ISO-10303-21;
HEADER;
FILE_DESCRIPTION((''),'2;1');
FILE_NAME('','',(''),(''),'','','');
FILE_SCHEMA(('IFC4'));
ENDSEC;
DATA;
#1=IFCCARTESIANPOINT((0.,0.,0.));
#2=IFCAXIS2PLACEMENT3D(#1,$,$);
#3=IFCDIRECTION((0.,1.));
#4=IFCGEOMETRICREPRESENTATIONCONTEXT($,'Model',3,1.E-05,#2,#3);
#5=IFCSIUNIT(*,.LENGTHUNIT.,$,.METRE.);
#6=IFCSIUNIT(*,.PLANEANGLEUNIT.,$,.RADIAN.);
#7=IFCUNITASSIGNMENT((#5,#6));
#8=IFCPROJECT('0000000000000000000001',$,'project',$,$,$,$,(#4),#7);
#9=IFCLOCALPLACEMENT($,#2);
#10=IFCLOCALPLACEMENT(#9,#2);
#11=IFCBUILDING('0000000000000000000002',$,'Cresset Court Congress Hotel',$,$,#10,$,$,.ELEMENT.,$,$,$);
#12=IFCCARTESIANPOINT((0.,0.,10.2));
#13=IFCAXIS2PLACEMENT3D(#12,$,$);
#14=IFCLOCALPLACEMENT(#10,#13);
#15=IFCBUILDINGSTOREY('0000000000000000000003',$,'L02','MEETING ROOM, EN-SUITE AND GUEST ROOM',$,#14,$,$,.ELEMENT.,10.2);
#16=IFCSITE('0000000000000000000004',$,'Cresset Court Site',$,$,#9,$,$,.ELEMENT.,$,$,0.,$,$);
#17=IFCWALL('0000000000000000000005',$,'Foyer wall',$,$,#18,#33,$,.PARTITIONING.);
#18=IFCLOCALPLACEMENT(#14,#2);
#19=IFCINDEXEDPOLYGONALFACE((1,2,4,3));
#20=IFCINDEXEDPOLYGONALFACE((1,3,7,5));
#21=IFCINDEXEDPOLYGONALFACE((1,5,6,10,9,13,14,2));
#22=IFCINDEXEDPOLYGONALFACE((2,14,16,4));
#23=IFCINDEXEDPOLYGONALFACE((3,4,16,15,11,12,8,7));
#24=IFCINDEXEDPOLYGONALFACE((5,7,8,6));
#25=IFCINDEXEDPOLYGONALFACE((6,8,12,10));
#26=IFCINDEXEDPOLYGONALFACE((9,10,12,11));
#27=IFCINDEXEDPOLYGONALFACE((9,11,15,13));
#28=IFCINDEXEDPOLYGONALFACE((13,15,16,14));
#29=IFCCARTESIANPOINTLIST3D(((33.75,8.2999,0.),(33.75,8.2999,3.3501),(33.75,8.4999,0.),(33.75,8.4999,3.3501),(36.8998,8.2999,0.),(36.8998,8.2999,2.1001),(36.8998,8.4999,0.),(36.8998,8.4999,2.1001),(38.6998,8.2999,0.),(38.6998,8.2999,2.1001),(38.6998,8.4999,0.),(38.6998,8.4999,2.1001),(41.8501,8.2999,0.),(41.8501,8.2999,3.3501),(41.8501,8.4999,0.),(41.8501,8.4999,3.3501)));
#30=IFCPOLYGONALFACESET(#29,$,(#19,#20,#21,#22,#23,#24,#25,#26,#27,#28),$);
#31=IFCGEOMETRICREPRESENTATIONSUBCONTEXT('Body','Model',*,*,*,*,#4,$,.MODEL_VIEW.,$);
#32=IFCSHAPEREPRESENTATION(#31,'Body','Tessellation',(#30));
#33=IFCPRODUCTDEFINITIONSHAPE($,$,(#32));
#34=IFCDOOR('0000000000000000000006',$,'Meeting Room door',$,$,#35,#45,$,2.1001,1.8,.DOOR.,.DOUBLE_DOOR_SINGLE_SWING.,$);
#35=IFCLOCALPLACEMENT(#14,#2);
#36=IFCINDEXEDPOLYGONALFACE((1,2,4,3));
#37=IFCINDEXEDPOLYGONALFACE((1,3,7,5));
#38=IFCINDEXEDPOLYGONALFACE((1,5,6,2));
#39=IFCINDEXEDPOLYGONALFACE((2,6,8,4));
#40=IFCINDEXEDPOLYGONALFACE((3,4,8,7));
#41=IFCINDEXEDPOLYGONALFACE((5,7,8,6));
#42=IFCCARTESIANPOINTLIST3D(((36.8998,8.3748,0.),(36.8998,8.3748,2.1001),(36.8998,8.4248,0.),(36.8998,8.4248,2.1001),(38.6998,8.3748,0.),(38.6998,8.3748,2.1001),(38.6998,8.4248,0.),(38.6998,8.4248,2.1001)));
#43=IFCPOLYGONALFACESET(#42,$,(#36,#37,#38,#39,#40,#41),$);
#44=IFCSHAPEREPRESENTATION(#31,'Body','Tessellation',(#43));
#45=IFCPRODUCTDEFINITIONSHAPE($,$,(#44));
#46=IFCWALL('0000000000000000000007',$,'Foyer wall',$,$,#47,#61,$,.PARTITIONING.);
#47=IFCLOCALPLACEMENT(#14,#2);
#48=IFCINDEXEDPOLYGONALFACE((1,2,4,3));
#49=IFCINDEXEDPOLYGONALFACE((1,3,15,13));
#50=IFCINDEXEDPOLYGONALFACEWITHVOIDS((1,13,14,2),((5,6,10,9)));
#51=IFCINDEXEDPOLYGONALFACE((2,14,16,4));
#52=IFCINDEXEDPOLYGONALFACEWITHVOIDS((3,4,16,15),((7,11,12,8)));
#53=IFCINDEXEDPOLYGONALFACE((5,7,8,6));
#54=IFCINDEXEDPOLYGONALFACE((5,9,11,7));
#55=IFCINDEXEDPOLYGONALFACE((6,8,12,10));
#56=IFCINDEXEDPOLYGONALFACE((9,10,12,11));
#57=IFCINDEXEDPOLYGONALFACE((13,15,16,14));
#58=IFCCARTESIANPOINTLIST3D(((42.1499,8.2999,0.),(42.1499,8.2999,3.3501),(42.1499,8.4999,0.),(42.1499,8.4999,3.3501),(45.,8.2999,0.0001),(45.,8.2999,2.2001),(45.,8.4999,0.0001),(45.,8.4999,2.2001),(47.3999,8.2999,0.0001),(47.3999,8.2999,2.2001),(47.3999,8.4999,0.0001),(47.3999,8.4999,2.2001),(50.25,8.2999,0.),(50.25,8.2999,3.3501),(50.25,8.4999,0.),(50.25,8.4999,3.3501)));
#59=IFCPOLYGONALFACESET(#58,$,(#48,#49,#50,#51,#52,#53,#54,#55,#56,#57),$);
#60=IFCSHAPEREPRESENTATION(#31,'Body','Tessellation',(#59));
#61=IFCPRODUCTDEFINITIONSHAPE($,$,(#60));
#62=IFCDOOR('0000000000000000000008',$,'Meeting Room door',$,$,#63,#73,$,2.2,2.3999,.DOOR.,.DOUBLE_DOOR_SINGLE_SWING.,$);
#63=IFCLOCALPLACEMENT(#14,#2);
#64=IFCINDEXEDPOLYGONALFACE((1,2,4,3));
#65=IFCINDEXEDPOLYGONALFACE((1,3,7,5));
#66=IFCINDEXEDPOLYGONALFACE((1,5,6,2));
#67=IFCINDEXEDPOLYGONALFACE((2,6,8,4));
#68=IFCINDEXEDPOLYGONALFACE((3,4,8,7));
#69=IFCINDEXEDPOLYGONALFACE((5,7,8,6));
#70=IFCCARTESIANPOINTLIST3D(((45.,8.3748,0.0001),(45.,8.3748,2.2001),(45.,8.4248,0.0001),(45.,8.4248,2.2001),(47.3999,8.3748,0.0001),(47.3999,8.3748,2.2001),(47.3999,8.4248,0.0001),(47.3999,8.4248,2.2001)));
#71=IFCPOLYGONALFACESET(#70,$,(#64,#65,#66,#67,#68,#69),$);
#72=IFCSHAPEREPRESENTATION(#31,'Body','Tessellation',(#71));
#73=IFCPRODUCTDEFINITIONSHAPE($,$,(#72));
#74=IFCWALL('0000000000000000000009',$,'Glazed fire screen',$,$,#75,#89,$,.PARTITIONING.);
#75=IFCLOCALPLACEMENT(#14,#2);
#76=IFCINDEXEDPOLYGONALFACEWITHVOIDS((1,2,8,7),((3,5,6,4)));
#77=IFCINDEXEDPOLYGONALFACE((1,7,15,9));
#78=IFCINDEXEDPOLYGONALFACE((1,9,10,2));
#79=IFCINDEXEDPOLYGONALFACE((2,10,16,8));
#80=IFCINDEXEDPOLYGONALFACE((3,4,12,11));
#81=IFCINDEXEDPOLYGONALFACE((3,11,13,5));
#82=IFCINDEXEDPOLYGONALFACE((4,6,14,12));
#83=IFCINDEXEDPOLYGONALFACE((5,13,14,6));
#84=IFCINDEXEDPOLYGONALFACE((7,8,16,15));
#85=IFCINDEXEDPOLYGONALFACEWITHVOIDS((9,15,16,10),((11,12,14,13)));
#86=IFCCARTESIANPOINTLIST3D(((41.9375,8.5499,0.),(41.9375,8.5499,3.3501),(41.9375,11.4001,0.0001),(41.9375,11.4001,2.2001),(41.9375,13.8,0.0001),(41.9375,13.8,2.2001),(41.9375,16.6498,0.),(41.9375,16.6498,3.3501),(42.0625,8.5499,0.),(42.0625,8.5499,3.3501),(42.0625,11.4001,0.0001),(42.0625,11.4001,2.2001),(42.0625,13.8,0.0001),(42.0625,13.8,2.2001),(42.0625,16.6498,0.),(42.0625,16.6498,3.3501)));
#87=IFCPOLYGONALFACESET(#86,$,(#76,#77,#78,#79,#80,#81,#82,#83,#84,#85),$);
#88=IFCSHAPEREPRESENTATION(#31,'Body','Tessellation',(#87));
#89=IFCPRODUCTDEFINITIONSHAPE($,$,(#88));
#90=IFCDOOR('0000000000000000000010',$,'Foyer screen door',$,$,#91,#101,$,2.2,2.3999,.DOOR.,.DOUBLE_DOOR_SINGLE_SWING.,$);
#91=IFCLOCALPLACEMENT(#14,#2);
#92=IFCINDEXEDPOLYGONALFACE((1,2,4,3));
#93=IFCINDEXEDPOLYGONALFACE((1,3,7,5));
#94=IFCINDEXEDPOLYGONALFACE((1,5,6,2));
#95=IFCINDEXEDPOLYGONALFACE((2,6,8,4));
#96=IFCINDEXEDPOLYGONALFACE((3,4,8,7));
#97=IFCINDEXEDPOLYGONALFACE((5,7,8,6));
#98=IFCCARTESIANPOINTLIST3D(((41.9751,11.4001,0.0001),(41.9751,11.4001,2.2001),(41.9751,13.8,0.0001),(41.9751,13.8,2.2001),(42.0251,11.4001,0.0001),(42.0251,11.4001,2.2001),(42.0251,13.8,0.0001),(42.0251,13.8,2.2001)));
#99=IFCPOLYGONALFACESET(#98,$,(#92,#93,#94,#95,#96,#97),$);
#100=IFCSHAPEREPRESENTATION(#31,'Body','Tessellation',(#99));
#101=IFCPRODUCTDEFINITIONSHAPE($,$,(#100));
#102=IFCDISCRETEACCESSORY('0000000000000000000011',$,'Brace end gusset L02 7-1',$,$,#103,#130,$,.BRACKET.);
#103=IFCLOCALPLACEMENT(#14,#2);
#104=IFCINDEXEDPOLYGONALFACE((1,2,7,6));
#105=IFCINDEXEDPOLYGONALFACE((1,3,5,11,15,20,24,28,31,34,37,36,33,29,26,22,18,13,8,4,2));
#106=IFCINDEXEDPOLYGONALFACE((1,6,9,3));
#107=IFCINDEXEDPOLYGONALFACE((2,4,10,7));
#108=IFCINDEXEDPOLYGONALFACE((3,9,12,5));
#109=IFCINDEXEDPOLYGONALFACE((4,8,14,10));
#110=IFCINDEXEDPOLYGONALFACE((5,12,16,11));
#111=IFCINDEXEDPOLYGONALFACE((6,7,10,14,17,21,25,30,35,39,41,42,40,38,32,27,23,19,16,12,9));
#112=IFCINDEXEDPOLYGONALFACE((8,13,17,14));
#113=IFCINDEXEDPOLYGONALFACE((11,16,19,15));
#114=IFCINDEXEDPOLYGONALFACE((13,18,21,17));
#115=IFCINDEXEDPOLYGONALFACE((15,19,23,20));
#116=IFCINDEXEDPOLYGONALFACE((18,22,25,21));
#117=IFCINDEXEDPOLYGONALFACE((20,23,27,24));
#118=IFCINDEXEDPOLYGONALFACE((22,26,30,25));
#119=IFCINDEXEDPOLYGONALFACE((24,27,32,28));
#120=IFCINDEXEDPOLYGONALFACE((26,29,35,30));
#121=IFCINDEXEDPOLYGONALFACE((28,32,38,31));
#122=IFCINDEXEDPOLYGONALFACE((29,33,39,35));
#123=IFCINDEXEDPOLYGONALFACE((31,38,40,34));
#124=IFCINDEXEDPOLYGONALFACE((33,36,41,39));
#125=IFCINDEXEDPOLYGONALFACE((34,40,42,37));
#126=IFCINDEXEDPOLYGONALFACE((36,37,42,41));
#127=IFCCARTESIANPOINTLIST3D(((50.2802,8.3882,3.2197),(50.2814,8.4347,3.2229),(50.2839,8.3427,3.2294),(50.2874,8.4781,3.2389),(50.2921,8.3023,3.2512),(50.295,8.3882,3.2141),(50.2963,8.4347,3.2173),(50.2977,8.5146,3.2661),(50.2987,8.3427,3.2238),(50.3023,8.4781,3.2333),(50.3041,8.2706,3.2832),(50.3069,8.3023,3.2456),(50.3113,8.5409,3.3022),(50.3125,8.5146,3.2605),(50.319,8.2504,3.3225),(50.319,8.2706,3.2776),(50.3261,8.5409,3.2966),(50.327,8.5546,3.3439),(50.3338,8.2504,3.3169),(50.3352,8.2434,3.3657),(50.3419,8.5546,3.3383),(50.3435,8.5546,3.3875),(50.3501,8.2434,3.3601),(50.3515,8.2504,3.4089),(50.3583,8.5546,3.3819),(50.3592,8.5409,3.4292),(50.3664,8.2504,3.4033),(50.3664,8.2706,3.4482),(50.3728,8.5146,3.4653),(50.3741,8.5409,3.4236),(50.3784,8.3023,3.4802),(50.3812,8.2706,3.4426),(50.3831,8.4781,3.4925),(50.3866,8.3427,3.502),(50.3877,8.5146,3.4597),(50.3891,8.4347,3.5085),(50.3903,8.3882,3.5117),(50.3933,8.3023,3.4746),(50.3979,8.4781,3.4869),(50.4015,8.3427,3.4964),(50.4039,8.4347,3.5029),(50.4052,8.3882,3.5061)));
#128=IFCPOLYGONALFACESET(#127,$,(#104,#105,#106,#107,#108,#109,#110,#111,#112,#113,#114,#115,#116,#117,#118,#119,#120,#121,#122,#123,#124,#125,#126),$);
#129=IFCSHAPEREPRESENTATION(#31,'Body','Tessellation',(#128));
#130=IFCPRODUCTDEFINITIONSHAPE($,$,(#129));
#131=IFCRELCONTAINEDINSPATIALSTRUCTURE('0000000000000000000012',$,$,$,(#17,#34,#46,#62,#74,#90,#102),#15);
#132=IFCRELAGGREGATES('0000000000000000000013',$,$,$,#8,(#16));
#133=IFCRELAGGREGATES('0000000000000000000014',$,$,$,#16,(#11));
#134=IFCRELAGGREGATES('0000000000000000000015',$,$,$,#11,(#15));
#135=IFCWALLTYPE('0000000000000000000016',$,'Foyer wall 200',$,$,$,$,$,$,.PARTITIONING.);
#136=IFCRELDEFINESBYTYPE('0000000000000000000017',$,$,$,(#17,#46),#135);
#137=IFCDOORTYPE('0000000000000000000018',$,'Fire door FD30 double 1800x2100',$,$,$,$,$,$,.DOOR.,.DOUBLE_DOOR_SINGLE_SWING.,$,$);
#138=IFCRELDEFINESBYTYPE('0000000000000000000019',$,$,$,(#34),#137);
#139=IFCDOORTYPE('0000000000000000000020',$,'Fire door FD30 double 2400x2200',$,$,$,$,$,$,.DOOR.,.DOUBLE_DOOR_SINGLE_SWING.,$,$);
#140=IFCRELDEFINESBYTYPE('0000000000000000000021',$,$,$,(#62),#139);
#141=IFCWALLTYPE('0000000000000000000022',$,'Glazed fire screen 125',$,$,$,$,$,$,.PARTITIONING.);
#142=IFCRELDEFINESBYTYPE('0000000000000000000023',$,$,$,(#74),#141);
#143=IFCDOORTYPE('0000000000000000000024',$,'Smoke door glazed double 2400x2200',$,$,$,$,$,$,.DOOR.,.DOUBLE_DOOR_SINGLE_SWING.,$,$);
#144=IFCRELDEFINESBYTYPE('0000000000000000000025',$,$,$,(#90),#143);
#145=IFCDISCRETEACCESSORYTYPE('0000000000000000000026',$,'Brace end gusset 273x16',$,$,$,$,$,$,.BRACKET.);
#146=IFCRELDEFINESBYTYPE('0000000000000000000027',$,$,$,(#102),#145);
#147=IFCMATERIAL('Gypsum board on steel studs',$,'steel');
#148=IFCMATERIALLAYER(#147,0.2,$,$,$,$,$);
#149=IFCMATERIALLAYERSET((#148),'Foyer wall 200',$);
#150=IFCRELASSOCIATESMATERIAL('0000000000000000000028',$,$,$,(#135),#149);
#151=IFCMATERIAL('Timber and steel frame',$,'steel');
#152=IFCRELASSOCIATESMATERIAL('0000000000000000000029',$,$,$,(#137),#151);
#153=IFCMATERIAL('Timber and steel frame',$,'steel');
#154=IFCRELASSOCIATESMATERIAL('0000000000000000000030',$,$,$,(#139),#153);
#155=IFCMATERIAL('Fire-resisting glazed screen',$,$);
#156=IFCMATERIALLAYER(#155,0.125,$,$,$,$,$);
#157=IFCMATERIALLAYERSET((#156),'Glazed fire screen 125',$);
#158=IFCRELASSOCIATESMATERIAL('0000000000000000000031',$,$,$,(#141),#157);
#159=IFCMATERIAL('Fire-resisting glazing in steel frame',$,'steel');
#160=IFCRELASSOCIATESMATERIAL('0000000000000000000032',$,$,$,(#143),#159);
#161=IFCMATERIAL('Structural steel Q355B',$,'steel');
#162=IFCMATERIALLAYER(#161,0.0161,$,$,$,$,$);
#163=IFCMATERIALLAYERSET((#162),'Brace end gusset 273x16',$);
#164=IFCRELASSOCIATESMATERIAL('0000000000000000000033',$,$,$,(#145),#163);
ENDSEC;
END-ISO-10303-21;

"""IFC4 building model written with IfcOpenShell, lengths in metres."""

from ifc_helpers import new_model, si_unit, direction, frame, frame_2d, origin, origin_2d, place, context, subcontext, project, spatial, rectangle, circle, extrude, material, layer, layer_set, type_object, element, fill, save


model = new_model("IFC4")

# Units and contexts
model_context = context("Model", 3, precision=1e-05, world=origin(), true_north=direction((0.0, 1.0)))
body_context = subcontext(model_context, "Body", "Model", "MODEL_VIEW")
ifc_project = project(units=[si_unit("LENGTHUNIT", "METRE"), si_unit("PLANEANGLEUNIT", "RADIAN")], contexts=[model_context])

# Site, building, storey
site_placement = place(None, origin())
site = spatial("IfcSite", under=ifc_project, at=site_placement, Name="Cresset Court Site", CompositionType="ELEMENT", RefElevation=0.0)
building_placement = place(site_placement, origin())
building = spatial("IfcBuilding", under=site, at=building_placement, Name="Cresset Court Congress Hotel", CompositionType="ELEMENT")
storey_placement = place(building_placement, frame((0.0, 0.0, 10.2)))
storey = spatial("IfcBuildingStorey", under=building, at=storey_placement, Name="L02", Description="MEETING ROOM, EN-SUITE AND GUEST ROOM", CompositionType="ELEMENT", Elevation=10.2)

# Walls, openings, doors
ifc_material_1 = material(Name="Gypsum board on steel studs", Category="steel")
ifc_layer_1 = layer(ifc_material_1, 0.2)
ifc_layer_set_1 = layer_set([ifc_layer_1], Name="Foyer wall 200")
wall_type_1 = type_object("IfcWallType", Name="Foyer wall 200", PredefinedType="PARTITIONING", material=ifc_layer_set_1)
wall_1_placement = place(storey_placement, frame((33.75, 8.3999, 0.0), z_axis=(0.0, 0.0, 1.0), x_axis=(1.0, 0.0, 0.0)))
wall_1 = element("IfcWall", 1, at=wall_1_placement, inside=storey, type_object=wall_type_1, Name="Foyer wall", PredefinedType="PARTITIONING", context=body_context, shape_type="SweptSolid", body=[
    extrude(rectangle(XDim=8.1001, YDim=0.2, at=frame_2d((4.05, 0.0))), origin(), (0.0, 0.0, 1.0), 3.3501),
])
opening_1_placement = place(wall_1_placement, frame((3.1499, 0.0, 0.0)))
opening_1 = element("IfcOpeningElement", 2, at=opening_1_placement, cuts=wall_1, PredefinedType="OPENING", context=body_context, shape_type="SweptSolid", body=[
    extrude(rectangle(XDim=1.8, YDim=2.1001, at=frame_2d((0.8999, 1.05))), frame((0.0, 0.1099, 0.0), z_axis=(0.0, -1.0, 0.0), x_axis=(1.0, 0.0, 0.0)), (0.0, 0.0, 1.0), 0.22),
])
ifc_material_2 = material(Name="Timber and steel frame", Category="steel")
door_type_1 = type_object("IfcDoorType", Name="Fire door FD30 double 1800x2100", OperationType="DOUBLE_DOOR_SINGLE_SWING", PredefinedType="DOOR", material=ifc_material_2)
door_1_placement = place(opening_1_placement, origin())
door_1 = element("IfcDoor", 3, at=door_1_placement, inside=storey, type_object=door_type_1, Name="Meeting Room door", OperationType="DOUBLE_DOOR_SINGLE_SWING", OverallHeight=2.1001, OverallWidth=1.8, PredefinedType="DOOR", context=body_context, shape_type="SweptSolid", body=[
    extrude(rectangle(XDim=1.8, YDim=2.1001, at=frame_2d((0.8999, 1.05))), frame((0.0, 0.0249, 0.0), z_axis=(0.0, -1.0, 0.0), x_axis=(1.0, 0.0, 0.0)), (0.0, 0.0, 1.0), 0.05),
])
fill(opening_1, door_1)
wall_2_placement = place(storey_placement, frame((42.1499, 8.3999, 0.0), z_axis=(0.0, 0.0, 1.0), x_axis=(1.0, 0.0, 0.0)))
wall_2 = element("IfcWall", 4, at=wall_2_placement, inside=storey, type_object=wall_type_1, Name="Foyer wall", PredefinedType="PARTITIONING", context=body_context, shape_type="SweptSolid", body=[
    extrude(rectangle(XDim=8.1001, YDim=0.2, at=frame_2d((4.05, 0.0))), origin(), (0.0, 0.0, 1.0), 3.3501),
])
opening_2_placement = place(wall_2_placement, frame((2.8501, 0.0, 0.0)))
opening_2 = element("IfcOpeningElement", 5, at=opening_2_placement, cuts=wall_2, PredefinedType="OPENING", context=body_context, shape_type="SweptSolid", body=[
    extrude(rectangle(XDim=2.3999, YDim=2.2, at=frame_2d((1.2, 1.1001))), frame((0.0, 0.1099, 0.0), z_axis=(0.0, -1.0, 0.0), x_axis=(1.0, 0.0, 0.0)), (0.0, 0.0, 1.0), 0.22),
])
ifc_material_3 = material(Name="Timber and steel frame", Category="steel")
door_type_2 = type_object("IfcDoorType", Name="Fire door FD30 double 2400x2200", OperationType="DOUBLE_DOOR_SINGLE_SWING", PredefinedType="DOOR", material=ifc_material_3)
door_2_placement = place(opening_2_placement, origin())
door_2 = element("IfcDoor", 6, at=door_2_placement, inside=storey, type_object=door_type_2, Name="Meeting Room door", OperationType="DOUBLE_DOOR_SINGLE_SWING", OverallHeight=2.2, OverallWidth=2.3999, PredefinedType="DOOR", context=body_context, shape_type="SweptSolid", body=[
    extrude(rectangle(XDim=2.3999, YDim=2.2, at=frame_2d((1.2, 1.1001))), frame((0.0, 0.0249, 0.0), z_axis=(0.0, -1.0, 0.0), x_axis=(1.0, 0.0, 0.0)), (0.0, 0.0, 1.0), 0.05),
])
fill(opening_2, door_2)
ifc_material_4 = material(Name="Fire-resisting glazed screen")
ifc_layer_2 = layer(ifc_material_4, 0.125)
ifc_layer_set_2 = layer_set([ifc_layer_2], Name="Glazed fire screen 125")
wall_type_2 = type_object("IfcWallType", Name="Glazed fire screen 125", PredefinedType="PARTITIONING", material=ifc_layer_set_2)
wall_3_placement = place(storey_placement, frame((42.0, 8.55, 0.0), z_axis=(0.0, 0.0, 1.0), x_axis=(0.0, 1.0, 0.0)))
wall_3 = element("IfcWall", 7, at=wall_3_placement, inside=storey, type_object=wall_type_2, Name="Glazed fire screen", PredefinedType="PARTITIONING", context=body_context, shape_type="SweptSolid", body=[
    extrude(rectangle(XDim=8.0999, YDim=0.125, at=frame_2d((4.0498, 0.0))), origin(), (0.0, 0.0, 1.0), 3.3501),
])
opening_3_placement = place(wall_3_placement, frame((2.8501, 0.0, 0.0)))
opening_3 = element("IfcOpeningElement", 8, at=opening_3_placement, cuts=wall_3, PredefinedType="OPENING", context=body_context, shape_type="SweptSolid", body=[
    extrude(rectangle(XDim=2.3999, YDim=2.2, at=frame_2d((1.2, 1.1001))), frame((0.0, 0.0725, 0.0), z_axis=(0.0, -1.0, 0.0), x_axis=(1.0, 0.0, 0.0)), (0.0, 0.0, 1.0), 0.145),
])
ifc_material_5 = material(Name="Fire-resisting glazing in steel frame", Category="steel")
door_type_3 = type_object("IfcDoorType", Name="Smoke door glazed double 2400x2200", OperationType="DOUBLE_DOOR_SINGLE_SWING", PredefinedType="DOOR", material=ifc_material_5)
door_3_placement = place(opening_3_placement, origin())
door_3 = element("IfcDoor", 9, at=door_3_placement, inside=storey, type_object=door_type_3, Name="Foyer screen door", OperationType="DOUBLE_DOOR_SINGLE_SWING", OverallHeight=2.2, OverallWidth=2.3999, PredefinedType="DOOR", context=body_context, shape_type="SweptSolid", body=[
    extrude(rectangle(XDim=2.3999, YDim=2.2, at=frame_2d((1.2, 1.1001))), frame((0.0, 0.0249, 0.0), z_axis=(0.0, -1.0, 0.0), x_axis=(1.0, 0.0, 0.0)), (0.0, 0.0, 1.0), 0.05),
])
fill(opening_3, door_3)

# Discrete accessory
ifc_material_6 = material(Name="Structural steel Q355B", Category="steel")
ifc_layer_3 = layer(ifc_material_6, 0.0161)
ifc_layer_set_3 = layer_set([ifc_layer_3], Name="Brace end gusset 273x16")
discrete_accessory_type = type_object("IfcDiscreteAccessoryType", Name="Brace end gusset 273x16", PredefinedType="BRACKET", material=ifc_layer_set_3)
discrete_accessory_placement = place(storey_placement, frame((50.3501, 8.3999, 3.3601), z_axis=(-0.935697, 0.0, 0.352804), x_axis=(0.0, -1.0, 0.0)))
element("IfcDiscreteAccessory", 10, at=discrete_accessory_placement, inside=storey, type_object=discrete_accessory_type, Name="Brace end gusset L02 7-1", PredefinedType="BRACKET", context=body_context, shape_type="SweptSolid", body=[
    extrude(circle(Radius=0.1565, at=origin_2d()), origin(), (0.0, 0.0, 1.0), 0.0159),
])

save(model, "model.ifc")
